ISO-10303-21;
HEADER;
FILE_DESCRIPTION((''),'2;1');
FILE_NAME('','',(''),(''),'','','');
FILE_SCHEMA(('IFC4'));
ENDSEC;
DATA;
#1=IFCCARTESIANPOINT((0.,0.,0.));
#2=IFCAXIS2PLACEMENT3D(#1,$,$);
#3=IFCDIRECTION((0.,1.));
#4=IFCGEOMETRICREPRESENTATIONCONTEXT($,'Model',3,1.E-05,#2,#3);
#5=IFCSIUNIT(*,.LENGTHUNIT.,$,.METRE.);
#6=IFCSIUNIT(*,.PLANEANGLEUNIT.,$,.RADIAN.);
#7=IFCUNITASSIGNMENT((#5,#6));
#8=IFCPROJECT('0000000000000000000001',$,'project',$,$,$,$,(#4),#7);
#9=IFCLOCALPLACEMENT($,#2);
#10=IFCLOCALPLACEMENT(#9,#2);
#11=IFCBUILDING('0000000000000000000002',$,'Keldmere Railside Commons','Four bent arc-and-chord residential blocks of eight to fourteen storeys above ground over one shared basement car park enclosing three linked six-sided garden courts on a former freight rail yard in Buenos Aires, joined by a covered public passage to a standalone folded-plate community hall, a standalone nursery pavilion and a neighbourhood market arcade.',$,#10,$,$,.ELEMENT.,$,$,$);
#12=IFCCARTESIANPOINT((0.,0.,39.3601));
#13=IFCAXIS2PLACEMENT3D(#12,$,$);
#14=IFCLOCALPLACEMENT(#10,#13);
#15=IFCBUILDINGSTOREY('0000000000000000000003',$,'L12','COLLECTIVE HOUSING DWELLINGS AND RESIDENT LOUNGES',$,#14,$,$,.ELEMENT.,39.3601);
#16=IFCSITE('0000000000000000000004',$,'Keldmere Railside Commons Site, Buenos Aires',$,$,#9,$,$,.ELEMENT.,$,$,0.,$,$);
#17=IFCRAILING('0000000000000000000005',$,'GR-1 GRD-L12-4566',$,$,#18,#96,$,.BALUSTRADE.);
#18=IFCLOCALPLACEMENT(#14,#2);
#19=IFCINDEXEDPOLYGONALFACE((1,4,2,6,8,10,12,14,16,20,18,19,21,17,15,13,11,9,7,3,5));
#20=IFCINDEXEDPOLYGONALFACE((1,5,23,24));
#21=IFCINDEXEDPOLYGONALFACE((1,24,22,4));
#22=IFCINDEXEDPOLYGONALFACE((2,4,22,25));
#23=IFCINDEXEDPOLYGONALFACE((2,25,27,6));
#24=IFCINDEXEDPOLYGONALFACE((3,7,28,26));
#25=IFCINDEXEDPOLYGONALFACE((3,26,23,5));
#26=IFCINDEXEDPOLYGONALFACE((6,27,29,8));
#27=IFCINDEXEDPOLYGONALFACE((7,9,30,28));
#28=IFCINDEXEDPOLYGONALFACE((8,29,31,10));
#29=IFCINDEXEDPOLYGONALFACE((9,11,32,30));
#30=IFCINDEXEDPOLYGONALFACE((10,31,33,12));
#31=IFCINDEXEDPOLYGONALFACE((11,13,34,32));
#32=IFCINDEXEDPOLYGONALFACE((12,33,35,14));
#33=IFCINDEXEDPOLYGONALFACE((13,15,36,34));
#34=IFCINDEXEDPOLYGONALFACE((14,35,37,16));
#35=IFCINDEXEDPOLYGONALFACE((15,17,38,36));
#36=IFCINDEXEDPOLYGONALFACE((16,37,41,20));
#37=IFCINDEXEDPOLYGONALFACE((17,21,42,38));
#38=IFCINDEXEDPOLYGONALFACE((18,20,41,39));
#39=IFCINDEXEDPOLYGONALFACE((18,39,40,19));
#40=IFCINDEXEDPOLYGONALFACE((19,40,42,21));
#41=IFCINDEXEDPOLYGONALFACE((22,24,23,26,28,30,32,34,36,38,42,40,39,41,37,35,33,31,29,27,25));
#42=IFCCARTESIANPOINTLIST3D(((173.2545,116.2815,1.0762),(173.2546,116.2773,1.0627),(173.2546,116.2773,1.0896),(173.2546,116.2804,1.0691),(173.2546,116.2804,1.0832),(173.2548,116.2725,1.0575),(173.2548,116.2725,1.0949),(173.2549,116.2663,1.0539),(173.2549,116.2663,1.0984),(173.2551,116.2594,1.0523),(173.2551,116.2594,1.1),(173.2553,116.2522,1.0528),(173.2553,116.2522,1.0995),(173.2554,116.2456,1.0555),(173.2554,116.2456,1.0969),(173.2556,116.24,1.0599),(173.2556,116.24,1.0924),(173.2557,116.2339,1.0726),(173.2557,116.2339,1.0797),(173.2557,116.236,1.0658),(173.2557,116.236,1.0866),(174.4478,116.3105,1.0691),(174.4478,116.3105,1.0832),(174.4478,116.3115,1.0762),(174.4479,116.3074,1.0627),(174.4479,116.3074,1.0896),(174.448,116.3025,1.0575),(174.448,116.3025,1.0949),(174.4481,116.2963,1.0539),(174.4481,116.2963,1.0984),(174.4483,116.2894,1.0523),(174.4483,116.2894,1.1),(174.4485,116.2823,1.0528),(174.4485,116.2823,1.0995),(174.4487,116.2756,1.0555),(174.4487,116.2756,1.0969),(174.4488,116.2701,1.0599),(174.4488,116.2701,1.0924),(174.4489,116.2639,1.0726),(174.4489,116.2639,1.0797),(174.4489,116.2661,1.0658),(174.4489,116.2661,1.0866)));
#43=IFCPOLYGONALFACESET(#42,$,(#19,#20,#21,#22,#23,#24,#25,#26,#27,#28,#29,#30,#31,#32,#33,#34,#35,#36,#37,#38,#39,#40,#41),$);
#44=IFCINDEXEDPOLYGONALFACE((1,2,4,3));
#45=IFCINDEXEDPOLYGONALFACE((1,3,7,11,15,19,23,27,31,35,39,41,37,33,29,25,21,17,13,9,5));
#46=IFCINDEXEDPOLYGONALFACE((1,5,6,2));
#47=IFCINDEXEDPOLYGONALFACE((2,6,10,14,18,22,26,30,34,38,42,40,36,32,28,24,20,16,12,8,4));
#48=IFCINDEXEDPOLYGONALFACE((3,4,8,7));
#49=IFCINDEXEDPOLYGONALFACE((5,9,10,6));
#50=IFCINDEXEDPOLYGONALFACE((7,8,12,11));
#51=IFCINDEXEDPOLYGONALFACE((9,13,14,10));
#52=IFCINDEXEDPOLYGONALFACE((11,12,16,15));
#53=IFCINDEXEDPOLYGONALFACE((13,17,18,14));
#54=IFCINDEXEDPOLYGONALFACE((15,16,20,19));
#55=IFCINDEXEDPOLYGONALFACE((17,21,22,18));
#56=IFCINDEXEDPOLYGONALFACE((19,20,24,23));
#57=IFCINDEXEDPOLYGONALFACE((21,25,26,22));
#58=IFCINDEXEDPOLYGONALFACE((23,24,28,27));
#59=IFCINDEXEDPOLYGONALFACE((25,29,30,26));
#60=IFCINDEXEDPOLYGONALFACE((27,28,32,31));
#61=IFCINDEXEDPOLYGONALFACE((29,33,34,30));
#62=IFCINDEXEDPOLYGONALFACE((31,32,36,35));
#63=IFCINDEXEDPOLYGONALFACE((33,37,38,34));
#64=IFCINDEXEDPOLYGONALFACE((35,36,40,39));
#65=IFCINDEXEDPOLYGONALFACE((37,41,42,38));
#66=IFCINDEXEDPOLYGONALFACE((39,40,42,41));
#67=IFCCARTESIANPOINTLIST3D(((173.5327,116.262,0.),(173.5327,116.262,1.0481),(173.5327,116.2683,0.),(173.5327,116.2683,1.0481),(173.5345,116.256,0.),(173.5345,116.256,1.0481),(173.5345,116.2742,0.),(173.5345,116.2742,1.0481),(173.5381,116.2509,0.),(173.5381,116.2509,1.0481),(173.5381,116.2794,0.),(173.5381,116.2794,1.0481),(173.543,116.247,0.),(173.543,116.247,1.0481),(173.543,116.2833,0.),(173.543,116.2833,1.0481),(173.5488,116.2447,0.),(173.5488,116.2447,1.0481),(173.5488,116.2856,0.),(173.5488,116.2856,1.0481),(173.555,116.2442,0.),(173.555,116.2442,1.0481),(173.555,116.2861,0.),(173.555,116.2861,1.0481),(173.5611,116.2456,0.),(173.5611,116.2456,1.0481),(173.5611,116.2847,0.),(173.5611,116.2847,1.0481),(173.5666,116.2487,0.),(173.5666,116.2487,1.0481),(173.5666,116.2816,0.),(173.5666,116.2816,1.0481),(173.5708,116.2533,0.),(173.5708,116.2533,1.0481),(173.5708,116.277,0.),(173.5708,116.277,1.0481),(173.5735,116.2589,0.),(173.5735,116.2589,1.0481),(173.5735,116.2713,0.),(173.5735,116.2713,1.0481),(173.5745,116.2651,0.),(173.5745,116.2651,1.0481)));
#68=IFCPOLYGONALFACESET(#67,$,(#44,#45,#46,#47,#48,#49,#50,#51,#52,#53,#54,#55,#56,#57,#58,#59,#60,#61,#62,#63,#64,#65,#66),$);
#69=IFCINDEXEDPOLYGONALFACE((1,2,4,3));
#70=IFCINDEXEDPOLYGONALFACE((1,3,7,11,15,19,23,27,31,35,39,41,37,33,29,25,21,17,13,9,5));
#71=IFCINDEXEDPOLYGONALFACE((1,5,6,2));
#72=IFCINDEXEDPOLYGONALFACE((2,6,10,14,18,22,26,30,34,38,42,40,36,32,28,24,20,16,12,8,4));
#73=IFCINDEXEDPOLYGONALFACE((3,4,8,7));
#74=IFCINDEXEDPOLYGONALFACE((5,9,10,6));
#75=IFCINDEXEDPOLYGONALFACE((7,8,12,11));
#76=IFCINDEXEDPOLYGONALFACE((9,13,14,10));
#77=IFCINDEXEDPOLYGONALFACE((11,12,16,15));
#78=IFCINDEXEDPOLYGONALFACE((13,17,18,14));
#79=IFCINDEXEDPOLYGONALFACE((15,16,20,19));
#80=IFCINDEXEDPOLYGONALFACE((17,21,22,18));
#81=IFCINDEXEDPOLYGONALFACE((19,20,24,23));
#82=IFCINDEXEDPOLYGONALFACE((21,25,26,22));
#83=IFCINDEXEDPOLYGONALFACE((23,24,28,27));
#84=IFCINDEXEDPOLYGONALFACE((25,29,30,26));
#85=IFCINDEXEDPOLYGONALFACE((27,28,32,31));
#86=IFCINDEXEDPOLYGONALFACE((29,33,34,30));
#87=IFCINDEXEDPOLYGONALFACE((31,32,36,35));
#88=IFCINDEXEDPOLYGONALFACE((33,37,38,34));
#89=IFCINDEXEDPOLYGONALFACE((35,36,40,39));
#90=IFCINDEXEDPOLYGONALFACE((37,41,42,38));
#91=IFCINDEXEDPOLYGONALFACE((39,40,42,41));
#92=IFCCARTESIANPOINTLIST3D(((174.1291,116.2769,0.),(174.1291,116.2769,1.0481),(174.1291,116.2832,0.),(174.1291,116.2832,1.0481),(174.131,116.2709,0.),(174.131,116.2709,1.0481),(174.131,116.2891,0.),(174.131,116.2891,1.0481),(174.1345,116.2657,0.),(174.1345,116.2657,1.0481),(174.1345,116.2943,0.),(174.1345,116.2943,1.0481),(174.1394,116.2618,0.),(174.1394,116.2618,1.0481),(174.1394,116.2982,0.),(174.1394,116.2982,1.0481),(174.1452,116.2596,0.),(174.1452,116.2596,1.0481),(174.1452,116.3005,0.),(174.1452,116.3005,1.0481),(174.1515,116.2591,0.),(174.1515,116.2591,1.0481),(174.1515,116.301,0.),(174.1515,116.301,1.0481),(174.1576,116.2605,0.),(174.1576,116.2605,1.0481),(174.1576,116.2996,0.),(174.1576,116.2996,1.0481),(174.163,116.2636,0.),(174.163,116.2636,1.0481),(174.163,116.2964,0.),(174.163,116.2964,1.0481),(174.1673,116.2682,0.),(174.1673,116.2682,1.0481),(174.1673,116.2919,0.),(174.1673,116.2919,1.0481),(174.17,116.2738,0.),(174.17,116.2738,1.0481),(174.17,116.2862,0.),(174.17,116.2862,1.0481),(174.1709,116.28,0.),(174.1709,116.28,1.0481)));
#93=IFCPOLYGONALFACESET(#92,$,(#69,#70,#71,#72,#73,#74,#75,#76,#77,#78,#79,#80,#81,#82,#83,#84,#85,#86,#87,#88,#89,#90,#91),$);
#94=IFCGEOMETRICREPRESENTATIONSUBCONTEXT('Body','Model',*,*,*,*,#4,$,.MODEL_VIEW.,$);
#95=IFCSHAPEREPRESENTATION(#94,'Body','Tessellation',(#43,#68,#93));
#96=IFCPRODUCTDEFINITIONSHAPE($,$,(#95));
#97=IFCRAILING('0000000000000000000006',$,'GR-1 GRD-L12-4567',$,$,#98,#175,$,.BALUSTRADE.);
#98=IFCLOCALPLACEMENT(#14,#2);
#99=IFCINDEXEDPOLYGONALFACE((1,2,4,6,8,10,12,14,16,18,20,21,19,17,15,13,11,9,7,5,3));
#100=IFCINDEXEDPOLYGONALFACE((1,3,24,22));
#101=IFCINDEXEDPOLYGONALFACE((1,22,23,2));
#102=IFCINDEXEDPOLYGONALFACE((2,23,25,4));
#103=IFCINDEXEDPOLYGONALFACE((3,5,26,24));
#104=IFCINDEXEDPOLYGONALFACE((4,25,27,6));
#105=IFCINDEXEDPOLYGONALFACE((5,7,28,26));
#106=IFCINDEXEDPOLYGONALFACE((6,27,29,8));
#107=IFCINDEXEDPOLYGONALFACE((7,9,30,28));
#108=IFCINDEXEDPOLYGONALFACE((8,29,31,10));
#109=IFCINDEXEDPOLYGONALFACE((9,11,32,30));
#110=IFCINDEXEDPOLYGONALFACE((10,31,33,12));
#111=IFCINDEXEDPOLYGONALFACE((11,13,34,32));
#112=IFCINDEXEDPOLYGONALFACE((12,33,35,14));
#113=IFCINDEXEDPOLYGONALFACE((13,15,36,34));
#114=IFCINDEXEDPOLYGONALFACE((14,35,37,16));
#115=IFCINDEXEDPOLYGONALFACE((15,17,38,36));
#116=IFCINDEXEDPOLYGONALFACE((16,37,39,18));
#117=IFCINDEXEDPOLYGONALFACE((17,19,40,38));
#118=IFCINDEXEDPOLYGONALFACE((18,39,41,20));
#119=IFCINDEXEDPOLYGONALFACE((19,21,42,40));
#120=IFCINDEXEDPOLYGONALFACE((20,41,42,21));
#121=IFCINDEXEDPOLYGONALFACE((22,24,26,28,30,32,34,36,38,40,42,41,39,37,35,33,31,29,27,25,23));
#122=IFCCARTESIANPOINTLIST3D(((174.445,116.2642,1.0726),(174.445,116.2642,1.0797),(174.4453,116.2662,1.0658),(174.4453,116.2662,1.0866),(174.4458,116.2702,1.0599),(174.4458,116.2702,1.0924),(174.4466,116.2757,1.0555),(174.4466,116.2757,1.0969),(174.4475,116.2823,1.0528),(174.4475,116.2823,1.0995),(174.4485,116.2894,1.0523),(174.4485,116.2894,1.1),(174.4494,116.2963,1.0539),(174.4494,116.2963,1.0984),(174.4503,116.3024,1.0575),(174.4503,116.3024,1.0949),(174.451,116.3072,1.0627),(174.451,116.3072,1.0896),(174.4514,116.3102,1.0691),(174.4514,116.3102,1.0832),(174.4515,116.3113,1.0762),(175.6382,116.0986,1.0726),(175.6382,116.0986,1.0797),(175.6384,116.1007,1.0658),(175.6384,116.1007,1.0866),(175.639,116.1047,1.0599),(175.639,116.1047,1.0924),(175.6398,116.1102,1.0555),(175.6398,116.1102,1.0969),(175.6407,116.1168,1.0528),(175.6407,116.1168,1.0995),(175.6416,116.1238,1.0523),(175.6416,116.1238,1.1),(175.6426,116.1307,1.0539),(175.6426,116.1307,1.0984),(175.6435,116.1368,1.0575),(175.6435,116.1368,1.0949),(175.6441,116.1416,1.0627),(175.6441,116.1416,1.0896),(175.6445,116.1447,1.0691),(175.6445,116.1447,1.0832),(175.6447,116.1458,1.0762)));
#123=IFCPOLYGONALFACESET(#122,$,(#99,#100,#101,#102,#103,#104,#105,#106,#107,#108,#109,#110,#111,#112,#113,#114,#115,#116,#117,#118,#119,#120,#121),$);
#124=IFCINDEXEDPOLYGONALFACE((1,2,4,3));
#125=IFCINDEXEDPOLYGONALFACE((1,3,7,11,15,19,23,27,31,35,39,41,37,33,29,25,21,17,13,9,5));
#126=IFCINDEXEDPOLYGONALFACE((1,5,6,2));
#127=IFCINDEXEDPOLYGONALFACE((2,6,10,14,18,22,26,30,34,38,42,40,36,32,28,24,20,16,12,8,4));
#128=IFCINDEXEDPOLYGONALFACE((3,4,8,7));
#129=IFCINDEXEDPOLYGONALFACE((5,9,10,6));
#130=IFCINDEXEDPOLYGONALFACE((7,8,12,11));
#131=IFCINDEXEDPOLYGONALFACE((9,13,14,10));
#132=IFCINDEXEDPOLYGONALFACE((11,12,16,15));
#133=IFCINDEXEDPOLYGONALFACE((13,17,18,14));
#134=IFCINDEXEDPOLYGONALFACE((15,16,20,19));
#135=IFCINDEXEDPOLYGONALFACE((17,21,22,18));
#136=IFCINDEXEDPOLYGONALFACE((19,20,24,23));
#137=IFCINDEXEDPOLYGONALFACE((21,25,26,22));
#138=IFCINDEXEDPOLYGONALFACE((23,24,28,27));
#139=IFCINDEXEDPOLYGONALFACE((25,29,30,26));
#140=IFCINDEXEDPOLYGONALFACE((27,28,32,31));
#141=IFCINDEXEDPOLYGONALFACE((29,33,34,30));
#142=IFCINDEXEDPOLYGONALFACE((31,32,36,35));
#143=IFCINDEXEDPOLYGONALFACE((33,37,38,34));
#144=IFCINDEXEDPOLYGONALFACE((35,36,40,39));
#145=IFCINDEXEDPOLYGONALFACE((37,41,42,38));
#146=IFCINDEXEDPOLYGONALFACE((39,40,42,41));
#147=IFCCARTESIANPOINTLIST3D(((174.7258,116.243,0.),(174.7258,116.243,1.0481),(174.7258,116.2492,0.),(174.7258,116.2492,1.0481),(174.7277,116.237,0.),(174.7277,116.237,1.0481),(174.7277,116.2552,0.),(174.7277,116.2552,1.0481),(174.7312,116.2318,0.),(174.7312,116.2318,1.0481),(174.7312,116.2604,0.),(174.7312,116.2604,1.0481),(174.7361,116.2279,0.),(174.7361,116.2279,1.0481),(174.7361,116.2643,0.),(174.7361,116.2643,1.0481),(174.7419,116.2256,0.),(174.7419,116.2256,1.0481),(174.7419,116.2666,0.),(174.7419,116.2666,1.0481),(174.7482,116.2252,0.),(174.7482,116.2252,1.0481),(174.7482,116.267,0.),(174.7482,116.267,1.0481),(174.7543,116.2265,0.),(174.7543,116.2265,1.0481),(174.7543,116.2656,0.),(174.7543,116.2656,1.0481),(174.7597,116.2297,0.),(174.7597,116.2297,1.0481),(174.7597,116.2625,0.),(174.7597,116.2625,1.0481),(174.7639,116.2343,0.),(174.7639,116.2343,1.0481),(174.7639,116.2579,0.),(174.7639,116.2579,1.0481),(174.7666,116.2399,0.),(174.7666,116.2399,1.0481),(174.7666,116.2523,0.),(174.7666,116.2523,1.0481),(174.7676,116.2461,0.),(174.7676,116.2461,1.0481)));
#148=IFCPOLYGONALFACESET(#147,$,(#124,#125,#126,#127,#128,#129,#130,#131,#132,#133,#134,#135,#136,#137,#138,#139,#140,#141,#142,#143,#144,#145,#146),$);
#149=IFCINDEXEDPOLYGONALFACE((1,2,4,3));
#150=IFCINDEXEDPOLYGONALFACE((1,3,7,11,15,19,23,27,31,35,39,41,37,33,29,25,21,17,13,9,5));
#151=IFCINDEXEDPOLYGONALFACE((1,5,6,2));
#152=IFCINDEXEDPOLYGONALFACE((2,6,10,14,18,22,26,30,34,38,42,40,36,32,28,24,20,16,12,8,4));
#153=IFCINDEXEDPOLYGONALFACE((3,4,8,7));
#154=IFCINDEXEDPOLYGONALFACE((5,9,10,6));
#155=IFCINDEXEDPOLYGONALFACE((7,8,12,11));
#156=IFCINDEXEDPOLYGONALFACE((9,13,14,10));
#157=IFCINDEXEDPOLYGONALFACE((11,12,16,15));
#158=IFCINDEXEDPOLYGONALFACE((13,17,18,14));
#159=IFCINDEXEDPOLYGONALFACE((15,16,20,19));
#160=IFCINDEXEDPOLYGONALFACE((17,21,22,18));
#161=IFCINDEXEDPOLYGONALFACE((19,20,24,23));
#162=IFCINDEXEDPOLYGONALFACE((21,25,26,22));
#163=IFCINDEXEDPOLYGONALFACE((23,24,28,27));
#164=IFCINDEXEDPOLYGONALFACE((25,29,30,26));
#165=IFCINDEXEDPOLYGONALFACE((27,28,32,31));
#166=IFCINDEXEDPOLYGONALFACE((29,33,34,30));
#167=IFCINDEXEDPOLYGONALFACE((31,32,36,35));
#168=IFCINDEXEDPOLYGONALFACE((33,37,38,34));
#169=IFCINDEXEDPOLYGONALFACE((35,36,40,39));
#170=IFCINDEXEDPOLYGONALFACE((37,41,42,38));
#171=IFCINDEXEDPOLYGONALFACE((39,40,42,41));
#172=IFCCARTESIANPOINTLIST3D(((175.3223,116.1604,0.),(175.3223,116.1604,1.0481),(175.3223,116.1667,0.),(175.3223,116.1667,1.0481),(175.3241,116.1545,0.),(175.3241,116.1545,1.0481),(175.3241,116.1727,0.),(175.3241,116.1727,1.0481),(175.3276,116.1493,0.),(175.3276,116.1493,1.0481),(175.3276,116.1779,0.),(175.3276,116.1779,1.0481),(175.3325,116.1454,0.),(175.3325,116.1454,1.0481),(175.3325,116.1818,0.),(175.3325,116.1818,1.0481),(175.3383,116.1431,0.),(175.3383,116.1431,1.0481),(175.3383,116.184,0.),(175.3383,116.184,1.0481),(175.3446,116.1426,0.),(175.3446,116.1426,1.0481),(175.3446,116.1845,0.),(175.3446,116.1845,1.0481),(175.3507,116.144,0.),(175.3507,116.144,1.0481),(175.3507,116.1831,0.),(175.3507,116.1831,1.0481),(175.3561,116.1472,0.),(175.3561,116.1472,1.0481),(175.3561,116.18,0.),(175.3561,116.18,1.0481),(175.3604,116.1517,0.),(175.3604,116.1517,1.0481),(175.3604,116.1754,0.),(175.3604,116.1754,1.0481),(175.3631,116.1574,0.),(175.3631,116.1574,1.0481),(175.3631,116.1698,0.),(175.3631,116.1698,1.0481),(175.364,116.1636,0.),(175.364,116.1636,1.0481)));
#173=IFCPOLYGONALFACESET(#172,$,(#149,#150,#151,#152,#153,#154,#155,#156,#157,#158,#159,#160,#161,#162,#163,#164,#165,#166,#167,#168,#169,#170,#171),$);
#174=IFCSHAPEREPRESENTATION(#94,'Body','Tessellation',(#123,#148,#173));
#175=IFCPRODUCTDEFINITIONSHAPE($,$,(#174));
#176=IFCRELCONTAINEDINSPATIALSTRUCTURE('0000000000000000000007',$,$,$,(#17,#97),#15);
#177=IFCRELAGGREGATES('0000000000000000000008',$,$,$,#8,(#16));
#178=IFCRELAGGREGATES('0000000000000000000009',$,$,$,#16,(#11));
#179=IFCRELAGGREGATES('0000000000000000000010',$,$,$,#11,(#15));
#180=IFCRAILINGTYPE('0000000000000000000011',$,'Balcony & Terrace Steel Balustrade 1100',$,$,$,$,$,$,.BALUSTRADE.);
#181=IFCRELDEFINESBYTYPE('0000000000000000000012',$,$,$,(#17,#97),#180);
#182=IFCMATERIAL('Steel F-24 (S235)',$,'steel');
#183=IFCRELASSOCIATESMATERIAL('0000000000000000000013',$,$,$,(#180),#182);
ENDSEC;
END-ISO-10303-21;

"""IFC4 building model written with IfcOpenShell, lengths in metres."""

from ifc_helpers import new_model, si_unit, direction, frame, origin, origin_2d, place, context, subcontext, project, spatial, circle, extrude, material, type_object, element, save


model = new_model("IFC4")

# Units and contexts
model_context = context("Model", 3, precision=1e-05, world=origin(), true_north=direction((0.0, 1.0)))
body_context = subcontext(model_context, "Body", "Model", "MODEL_VIEW")
ifc_project = project(units=[si_unit("LENGTHUNIT", "METRE"), si_unit("PLANEANGLEUNIT", "RADIAN")], contexts=[model_context])

# Site, building, storey
site_placement = place(None, origin())
site = spatial("IfcSite", under=ifc_project, at=site_placement, Name="Keldmere Railside Commons Site, Buenos Aires", CompositionType="ELEMENT", RefElevation=0.0)
building_placement = place(site_placement, origin())
building = spatial("IfcBuilding", under=site, at=building_placement, Name="Keldmere Railside Commons", Description="Four bent arc-and-chord residential blocks of eight to fourteen storeys above ground over one shared basement car park enclosing three linked six-sided garden courts on a former freight rail yard in Buenos Aires, joined by a covered public passage to a standalone folded-plate community hall, a standalone nursery pavilion and a neighbourhood market arcade.", CompositionType="ELEMENT")
storey_placement = place(building_placement, frame((0.0, 0.0, 39.3601)))
storey = spatial("IfcBuildingStorey", under=building, at=storey_placement, Name="L12", Description="COLLECTIVE HOUSING DWELLINGS AND RESIDENT LOUNGES", CompositionType="ELEMENT", Elevation=39.3601)

# Railings
ifc_material_1 = material(Name="Steel F-24 (S235)", Category="steel")
railing_type = type_object("IfcRailingType", Name="Balcony & Terrace Steel Balustrade 1100", PredefinedType="BALUSTRADE", material=ifc_material_1)
railing_1_placement = place(storey_placement, frame((173.2551, 116.2576, 0.0)))
element("IfcRailing", 1, at=railing_1_placement, inside=storey, type_object=railing_type, Name="GR-1 GRD-L12-4566", PredefinedType="BALUSTRADE", context=body_context, shape_type="SweptSolid", body=[
    extrude(circle(Radius=0.0239, at=origin_2d()), frame((0.0, 0.0, 1.0762), z_axis=(0.999683, 0.025161, 0.0), x_axis=(-0.025161, 0.999683, 0.0)), (0.0, 0.0, 1.0), 1.1936),
    extrude(circle(Radius=0.021, at=origin_2d()), frame((0.2983, 0.0076, 0.0)), (0.0, 0.0, 1.0), 1.0481),
    extrude(circle(Radius=0.021, at=origin_2d()), frame((0.8948, 0.0225, 0.0)), (0.0, 0.0, 1.0), 1.0481),
])
railing_2_placement = place(storey_placement, frame((174.4482, 116.2876, 0.0)))
element("IfcRailing", 2, at=railing_2_placement, inside=storey, type_object=railing_type, Name="GR-1 GRD-L12-4567", PredefinedType="BALUSTRADE", context=body_context, shape_type="SweptSolid", body=[
    extrude(circle(Radius=0.0239, at=origin_2d()), frame((0.0, 0.0, 1.0762), z_axis=(0.990513, -0.137419, 0.0), x_axis=(0.137419, 0.990513, 0.0)), (0.0, 0.0, 1.0), 1.2046),
    extrude(circle(Radius=0.021, at=origin_2d()), frame((0.2983, -0.0415, 0.0)), (0.0, 0.0, 1.0), 1.0481),
    extrude(circle(Radius=0.021, at=origin_2d()), frame((0.8948, -0.124, 0.0)), (0.0, 0.0, 1.0), 1.0481),
])

save(model, "model.ifc")
